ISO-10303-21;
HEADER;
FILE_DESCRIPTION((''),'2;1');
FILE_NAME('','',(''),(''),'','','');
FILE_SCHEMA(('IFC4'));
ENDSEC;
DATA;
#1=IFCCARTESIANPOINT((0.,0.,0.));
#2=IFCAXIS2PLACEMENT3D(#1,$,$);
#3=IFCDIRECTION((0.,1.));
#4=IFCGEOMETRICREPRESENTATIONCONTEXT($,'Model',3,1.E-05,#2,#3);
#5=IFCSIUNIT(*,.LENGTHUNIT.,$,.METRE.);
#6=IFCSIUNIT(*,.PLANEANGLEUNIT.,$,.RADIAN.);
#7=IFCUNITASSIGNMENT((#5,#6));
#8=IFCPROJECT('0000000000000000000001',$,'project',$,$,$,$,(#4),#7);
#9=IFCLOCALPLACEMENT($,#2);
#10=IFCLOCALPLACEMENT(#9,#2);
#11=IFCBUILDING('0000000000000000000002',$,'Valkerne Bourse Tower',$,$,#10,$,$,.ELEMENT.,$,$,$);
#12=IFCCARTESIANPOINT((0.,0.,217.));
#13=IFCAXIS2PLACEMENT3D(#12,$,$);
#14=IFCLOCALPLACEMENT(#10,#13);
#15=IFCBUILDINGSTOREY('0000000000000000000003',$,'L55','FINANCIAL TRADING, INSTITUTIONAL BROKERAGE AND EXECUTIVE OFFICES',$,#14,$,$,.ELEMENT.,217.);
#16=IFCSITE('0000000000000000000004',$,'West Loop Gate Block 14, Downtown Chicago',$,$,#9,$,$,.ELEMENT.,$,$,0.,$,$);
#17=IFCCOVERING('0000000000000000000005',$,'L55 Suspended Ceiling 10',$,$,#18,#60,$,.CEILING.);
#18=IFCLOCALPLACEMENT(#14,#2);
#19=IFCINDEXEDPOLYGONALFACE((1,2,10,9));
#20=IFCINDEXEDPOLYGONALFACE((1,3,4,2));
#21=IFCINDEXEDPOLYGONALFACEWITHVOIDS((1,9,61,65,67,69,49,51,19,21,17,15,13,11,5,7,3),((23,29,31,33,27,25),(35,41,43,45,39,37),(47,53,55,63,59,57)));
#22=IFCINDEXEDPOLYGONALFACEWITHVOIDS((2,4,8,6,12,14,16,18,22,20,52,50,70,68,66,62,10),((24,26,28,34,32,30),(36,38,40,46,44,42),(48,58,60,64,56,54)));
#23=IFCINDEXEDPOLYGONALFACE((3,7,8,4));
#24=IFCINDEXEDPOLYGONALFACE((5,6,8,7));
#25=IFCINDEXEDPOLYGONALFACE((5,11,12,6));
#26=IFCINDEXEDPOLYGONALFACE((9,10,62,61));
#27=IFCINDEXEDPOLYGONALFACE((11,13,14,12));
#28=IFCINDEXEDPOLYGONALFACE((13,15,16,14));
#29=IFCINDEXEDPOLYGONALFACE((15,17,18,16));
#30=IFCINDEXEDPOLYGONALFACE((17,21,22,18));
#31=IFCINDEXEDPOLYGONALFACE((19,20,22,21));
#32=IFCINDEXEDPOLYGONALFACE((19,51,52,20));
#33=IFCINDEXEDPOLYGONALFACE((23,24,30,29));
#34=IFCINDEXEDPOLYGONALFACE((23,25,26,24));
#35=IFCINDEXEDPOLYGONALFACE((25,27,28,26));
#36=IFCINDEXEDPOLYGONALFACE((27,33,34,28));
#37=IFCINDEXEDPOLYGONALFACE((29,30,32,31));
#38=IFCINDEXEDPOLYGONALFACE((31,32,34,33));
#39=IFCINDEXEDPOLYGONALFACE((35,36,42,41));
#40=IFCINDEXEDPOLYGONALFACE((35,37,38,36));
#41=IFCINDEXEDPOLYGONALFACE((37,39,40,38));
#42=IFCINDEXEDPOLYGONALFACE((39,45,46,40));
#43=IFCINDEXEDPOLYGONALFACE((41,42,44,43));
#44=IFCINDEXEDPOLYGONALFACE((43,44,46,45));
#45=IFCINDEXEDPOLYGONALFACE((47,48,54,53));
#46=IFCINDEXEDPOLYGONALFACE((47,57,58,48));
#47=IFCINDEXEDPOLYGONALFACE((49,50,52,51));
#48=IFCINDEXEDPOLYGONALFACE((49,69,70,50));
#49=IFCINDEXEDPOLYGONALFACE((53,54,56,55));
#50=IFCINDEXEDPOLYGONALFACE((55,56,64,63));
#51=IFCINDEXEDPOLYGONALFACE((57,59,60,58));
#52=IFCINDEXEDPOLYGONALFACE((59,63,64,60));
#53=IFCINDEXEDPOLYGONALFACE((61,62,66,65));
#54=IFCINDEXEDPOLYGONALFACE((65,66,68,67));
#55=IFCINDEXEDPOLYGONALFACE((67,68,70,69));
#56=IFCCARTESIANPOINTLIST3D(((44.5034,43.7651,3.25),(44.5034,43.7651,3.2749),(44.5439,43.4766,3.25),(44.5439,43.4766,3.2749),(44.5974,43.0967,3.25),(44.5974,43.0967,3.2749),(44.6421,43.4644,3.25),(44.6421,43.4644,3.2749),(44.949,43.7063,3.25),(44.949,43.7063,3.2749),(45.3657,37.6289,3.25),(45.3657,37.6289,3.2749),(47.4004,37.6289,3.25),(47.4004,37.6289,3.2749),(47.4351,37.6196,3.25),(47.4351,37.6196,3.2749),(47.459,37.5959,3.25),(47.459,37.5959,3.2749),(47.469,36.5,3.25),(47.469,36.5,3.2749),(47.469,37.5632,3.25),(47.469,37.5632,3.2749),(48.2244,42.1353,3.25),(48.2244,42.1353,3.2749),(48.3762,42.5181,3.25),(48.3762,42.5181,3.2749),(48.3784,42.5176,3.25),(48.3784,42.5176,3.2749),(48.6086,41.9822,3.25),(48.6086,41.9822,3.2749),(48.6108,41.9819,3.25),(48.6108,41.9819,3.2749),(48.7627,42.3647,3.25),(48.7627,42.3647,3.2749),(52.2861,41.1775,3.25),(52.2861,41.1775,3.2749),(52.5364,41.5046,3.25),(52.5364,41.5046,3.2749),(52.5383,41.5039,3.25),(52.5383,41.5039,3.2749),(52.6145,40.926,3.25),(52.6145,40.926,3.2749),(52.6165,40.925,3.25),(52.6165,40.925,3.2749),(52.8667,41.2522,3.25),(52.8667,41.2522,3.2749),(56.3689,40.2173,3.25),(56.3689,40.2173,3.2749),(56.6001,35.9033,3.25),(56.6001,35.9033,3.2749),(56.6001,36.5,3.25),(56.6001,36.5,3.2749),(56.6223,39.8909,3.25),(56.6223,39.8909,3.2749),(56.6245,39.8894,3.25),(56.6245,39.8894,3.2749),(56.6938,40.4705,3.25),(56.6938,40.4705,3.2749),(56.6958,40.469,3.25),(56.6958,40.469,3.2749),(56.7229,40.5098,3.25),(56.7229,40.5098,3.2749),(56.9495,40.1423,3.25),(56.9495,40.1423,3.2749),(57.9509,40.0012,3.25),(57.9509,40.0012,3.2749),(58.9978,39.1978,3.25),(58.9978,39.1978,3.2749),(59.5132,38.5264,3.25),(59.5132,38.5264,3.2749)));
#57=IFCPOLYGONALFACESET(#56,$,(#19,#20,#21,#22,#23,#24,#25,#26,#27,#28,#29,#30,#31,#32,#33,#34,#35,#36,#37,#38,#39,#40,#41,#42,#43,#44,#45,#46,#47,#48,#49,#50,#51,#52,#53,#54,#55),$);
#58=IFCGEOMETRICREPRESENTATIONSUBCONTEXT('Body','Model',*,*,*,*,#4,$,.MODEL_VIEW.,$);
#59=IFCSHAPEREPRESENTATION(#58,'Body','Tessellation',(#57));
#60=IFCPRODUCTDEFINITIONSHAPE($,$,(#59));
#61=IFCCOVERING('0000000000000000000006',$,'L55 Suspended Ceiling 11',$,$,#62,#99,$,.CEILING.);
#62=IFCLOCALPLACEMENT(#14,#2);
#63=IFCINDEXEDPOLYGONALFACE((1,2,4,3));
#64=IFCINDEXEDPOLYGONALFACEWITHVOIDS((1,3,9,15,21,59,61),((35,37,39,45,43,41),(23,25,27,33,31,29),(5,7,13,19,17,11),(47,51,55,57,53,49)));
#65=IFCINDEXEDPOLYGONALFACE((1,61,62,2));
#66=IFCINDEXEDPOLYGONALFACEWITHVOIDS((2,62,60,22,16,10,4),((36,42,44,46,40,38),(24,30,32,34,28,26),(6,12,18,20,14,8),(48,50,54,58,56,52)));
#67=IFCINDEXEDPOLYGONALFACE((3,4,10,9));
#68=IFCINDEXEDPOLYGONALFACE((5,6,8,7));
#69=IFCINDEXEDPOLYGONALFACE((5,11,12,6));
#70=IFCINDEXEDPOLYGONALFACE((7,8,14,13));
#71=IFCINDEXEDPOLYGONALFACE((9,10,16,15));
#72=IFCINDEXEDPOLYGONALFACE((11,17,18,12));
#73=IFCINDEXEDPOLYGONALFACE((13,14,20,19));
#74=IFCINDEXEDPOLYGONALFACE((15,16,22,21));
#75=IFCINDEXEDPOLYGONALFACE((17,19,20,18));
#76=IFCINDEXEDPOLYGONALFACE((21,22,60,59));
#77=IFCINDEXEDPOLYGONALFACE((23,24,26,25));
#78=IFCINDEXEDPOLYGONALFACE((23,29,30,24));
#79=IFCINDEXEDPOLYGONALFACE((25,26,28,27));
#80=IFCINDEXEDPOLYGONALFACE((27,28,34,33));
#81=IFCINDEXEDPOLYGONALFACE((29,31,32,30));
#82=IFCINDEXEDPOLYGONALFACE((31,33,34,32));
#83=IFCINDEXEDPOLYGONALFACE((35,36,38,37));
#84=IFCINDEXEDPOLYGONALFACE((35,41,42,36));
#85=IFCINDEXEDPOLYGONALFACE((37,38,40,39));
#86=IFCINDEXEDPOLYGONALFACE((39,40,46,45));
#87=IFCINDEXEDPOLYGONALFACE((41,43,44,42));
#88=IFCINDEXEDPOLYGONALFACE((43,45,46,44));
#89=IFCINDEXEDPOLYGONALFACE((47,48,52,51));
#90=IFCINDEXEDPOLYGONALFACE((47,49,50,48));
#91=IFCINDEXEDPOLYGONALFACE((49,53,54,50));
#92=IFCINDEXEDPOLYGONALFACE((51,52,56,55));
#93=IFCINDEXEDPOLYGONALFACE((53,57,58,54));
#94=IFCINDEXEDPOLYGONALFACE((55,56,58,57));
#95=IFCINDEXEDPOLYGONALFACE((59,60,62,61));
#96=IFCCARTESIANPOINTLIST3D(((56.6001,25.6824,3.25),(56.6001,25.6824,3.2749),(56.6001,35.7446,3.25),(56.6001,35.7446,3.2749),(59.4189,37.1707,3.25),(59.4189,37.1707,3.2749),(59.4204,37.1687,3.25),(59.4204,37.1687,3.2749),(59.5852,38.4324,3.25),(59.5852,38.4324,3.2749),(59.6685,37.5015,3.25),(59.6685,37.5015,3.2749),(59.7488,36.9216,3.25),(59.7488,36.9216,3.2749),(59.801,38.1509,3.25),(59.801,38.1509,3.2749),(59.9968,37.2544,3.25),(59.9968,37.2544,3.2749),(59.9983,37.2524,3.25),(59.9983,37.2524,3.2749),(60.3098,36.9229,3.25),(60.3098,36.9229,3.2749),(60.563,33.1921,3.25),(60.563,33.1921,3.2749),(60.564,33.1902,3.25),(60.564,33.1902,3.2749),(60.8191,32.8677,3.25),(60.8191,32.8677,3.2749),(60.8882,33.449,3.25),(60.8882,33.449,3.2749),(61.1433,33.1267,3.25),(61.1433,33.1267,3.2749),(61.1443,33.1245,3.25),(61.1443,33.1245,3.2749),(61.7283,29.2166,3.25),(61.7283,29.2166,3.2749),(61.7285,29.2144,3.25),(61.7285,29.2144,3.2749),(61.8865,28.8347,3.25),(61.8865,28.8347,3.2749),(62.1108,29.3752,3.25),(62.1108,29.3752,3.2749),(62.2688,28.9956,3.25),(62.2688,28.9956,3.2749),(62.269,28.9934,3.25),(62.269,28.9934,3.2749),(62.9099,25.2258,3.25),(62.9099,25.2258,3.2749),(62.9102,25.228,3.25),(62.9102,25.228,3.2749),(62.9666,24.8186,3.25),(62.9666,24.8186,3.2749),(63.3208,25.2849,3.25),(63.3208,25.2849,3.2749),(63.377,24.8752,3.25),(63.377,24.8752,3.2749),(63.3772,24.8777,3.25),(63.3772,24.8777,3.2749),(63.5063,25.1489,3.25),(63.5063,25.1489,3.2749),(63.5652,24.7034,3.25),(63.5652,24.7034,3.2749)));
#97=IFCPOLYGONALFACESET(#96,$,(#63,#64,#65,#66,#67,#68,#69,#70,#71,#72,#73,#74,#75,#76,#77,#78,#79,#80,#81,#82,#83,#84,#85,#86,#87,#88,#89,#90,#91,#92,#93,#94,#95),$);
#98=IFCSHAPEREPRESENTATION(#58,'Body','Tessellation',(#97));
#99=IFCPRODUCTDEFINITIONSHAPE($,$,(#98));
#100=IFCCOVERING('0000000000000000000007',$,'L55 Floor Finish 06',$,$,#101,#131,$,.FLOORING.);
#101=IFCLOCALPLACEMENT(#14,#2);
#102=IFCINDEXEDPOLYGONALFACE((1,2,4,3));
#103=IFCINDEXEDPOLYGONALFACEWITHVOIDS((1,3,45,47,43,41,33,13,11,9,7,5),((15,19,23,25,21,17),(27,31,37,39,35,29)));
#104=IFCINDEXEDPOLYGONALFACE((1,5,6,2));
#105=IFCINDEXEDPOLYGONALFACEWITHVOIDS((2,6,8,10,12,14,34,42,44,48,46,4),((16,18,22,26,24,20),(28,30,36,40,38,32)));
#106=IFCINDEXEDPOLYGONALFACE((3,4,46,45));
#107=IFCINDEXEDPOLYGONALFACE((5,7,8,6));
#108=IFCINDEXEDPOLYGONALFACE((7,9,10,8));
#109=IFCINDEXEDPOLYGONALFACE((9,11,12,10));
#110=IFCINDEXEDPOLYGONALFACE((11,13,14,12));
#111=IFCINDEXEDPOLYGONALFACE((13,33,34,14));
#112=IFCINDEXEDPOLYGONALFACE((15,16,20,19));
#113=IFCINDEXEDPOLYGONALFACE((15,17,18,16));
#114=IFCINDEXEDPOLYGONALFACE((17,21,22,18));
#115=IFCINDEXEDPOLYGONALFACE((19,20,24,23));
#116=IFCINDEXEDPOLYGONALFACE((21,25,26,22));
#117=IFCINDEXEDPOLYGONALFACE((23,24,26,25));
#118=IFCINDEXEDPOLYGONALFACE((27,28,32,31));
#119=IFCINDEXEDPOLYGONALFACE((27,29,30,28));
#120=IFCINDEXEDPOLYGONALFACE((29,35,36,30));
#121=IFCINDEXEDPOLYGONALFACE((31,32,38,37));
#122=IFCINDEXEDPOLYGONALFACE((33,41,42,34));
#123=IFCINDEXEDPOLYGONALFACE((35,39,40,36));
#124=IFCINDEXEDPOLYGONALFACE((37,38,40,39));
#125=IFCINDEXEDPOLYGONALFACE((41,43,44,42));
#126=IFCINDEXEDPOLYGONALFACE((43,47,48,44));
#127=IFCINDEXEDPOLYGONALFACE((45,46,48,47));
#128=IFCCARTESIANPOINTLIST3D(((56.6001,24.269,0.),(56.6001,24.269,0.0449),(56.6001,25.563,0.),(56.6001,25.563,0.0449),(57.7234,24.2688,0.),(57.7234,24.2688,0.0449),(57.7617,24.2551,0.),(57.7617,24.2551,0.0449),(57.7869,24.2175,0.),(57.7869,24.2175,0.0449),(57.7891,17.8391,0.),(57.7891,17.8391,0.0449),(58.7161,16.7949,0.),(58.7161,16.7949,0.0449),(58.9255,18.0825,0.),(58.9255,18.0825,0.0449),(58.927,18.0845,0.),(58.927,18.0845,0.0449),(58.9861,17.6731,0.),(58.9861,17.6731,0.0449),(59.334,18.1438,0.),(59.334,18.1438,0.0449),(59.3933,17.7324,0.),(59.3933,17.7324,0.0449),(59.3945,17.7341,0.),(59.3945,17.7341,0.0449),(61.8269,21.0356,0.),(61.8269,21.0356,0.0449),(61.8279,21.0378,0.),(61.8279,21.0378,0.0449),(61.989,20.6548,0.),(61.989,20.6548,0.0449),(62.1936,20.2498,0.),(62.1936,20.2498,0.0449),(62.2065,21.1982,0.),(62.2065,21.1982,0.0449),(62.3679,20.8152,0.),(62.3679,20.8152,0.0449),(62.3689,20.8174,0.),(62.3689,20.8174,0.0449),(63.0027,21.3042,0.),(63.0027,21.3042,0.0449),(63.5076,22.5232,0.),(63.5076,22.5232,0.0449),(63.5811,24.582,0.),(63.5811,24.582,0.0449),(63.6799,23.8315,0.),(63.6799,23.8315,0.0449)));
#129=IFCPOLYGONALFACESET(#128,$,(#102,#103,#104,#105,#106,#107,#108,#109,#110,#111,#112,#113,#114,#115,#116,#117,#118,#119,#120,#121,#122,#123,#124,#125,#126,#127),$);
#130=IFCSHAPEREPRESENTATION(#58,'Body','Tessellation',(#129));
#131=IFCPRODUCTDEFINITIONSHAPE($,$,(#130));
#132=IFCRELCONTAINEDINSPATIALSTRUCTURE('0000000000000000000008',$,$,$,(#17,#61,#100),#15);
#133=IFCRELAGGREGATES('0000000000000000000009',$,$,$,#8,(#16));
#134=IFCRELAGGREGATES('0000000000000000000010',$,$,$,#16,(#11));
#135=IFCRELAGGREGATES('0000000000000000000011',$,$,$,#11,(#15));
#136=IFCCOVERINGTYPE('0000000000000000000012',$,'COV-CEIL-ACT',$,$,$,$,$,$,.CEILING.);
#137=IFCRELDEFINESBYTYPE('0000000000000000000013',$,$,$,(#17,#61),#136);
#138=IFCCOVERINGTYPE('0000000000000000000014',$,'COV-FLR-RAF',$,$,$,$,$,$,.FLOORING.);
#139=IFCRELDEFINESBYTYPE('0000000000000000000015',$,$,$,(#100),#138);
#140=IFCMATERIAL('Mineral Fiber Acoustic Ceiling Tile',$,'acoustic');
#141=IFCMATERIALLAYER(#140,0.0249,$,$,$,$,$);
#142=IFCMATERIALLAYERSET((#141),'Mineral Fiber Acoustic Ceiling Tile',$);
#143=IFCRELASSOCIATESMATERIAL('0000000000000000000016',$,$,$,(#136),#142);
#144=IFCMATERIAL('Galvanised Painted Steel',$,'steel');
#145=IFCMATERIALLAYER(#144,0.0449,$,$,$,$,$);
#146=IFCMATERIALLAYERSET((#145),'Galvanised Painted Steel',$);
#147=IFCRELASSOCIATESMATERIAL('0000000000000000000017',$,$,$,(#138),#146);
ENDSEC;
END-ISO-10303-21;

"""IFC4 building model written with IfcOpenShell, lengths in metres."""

from ifc_helpers import new_model, si_unit, direction, frame, origin, place, context, subcontext, project, spatial, polyline, outline, extrude, material, layer, layer_set, type_object, element, save


model = new_model("IFC4")

# Units and contexts
model_context = context("Model", 3, precision=1e-05, world=origin(), true_north=direction((0.0, 1.0)))
body_context = subcontext(model_context, "Body", "Model", "MODEL_VIEW")
ifc_project = project(units=[si_unit("LENGTHUNIT", "METRE"), si_unit("PLANEANGLEUNIT", "RADIAN")], contexts=[model_context])

# Site, building, storey
site_placement = place(None, origin())
site = spatial("IfcSite", under=ifc_project, at=site_placement, Name="West Loop Gate Block 14, Downtown Chicago", CompositionType="ELEMENT", RefElevation=0.0)
building_placement = place(site_placement, origin())
building = spatial("IfcBuilding", under=site, at=building_placement, Name="Valkerne Bourse Tower", CompositionType="ELEMENT")
storey_placement = place(building_placement, frame((0.0, 0.0, 217.0)))
storey = spatial("IfcBuildingStorey", under=building, at=storey_placement, Name="L55", Description="FINANCIAL TRADING, INSTITUTIONAL BROKERAGE AND EXECUTIVE OFFICES", CompositionType="ELEMENT", Elevation=217.0)

# Coverings
ifc_material_1 = material(Name="Mineral Fiber Acoustic Ceiling Tile", Category="acoustic")
ifc_layer_1 = layer(ifc_material_1, 0.0249)
ifc_layer_set_1 = layer_set([ifc_layer_1], Name="Mineral Fiber Acoustic Ceiling Tile")
covering_type_1 = type_object("IfcCoveringType", Name="COV-CEIL-ACT", PredefinedType="CEILING", material=ifc_layer_set_1)
covering_1_placement = place(storey_placement, frame((0.0, 0.0, 3.25)))
element("IfcCovering", 1, at=covering_1_placement, inside=storey, type_object=covering_type_1, Name="L55 Suspended Ceiling 10", PredefinedType="CEILING", context=body_context, shape_type="SweptSolid", body=[
    extrude(outline(polyline([(57.9509, 40.0012), (58.9978, 39.1978), (59.5132, 38.5264), (56.6001, 35.9033), (56.6001, 36.5), (47.469, 36.5), (47.469, 37.5632), (47.459, 37.5959), (47.4351, 37.6196), (47.4004, 37.6289), (45.3657, 37.6289), (44.5974, 43.0967), (44.6421, 43.4644), (44.5439, 43.4766), (44.5034, 43.7651), (44.949, 43.7063), (56.7229, 40.5098), (57.9509, 40.0012)]), holes=[polyline([(56.6958, 40.469), (56.6938, 40.4705), (56.3689, 40.2173), (56.6223, 39.8909), (56.6245, 39.8894), (56.9495, 40.1423), (56.6958, 40.469)]), polyline([(52.5383, 41.5039), (52.5364, 41.5046), (52.2861, 41.1775), (52.6145, 40.926), (52.6165, 40.925), (52.8667, 41.2522), (52.5383, 41.5039)]), polyline([(48.7627, 42.3647), (48.3784, 42.5176), (48.3762, 42.5181), (48.2244, 42.1353), (48.6086, 41.9822), (48.6108, 41.9819), (48.7627, 42.3647)])]), origin(), (0.0, 0.0, 1.0), 0.0249),
])
covering_2_placement = place(storey_placement, frame((0.0, 0.0, 3.25)))
element("IfcCovering", 2, at=covering_2_placement, inside=storey, type_object=covering_type_1, Name="L55 Suspended Ceiling 11", PredefinedType="CEILING", context=body_context, shape_type="SweptSolid", body=[
    extrude(outline(polyline([(59.5852, 38.4324), (59.801, 38.1509), (60.3098, 36.9229), (63.5063, 25.1489), (63.5652, 24.7034), (56.6001, 25.6824), (56.6001, 35.7446), (59.5852, 38.4324)]), holes=[polyline([(63.3772, 24.8777), (63.3208, 25.2849), (62.9102, 25.228), (62.9099, 25.2258), (62.9666, 24.8186), (63.377, 24.8752), (63.3772, 24.8777)]), polyline([(62.2688, 28.9956), (62.1108, 29.3752), (61.7283, 29.2166), (61.7285, 29.2144), (61.8865, 28.8347), (62.269, 28.9934), (62.2688, 28.9956)]), polyline([(61.1433, 33.1267), (60.8882, 33.449), (60.563, 33.1921), (60.564, 33.1902), (60.8191, 32.8677), (61.1443, 33.1245), (61.1433, 33.1267)]), polyline([(59.9968, 37.2544), (59.6685, 37.5015), (59.4189, 37.1707), (59.4204, 37.1687), (59.7488, 36.9216), (59.9983, 37.2524), (59.9968, 37.2544)])]), origin(), (0.0, 0.0, 1.0), 0.0249),
])
ifc_material_2 = material(Name="Galvanised Painted Steel", Category="steel")
ifc_layer_2 = layer(ifc_material_2, 0.0449)
ifc_layer_set_2 = layer_set([ifc_layer_2], Name="Galvanised Painted Steel")
covering_type_2 = type_object("IfcCoveringType", Name="COV-FLR-RAF", PredefinedType="FLOORING", material=ifc_layer_set_2)
covering_3_placement = place(storey_placement, origin())
element("IfcCovering", 3, at=covering_3_placement, inside=storey, type_object=covering_type_2, Name="L55 Floor Finish 06", PredefinedType="FLOORING", context=body_context, shape_type="SweptSolid", body=[
    extrude(outline(polyline([(63.0027, 21.3042), (62.1936, 20.2498), (58.7161, 16.7949), (57.7891, 17.8391), (57.7869, 24.2175), (57.7617, 24.2551), (57.7234, 24.2688), (56.6001, 24.269), (56.6001, 25.563), (63.5811, 24.582), (63.6799, 23.8315), (63.5076, 22.5232), (63.0027, 21.3042)]), holes=[polyline([(59.3945, 17.7341), (59.334, 18.1438), (58.927, 18.0845), (58.9255, 18.0825), (58.9861, 17.6731), (59.3933, 17.7324), (59.3945, 17.7341)]), polyline([(62.3689, 20.8174), (62.2065, 21.1982), (61.8279, 21.0378), (61.8269, 21.0356), (61.989, 20.6548), (62.3679, 20.8152), (62.3689, 20.8174)])]), origin(), (0.0, 0.0, 1.0), 0.0449),
])

save(model, "model.ifc")
